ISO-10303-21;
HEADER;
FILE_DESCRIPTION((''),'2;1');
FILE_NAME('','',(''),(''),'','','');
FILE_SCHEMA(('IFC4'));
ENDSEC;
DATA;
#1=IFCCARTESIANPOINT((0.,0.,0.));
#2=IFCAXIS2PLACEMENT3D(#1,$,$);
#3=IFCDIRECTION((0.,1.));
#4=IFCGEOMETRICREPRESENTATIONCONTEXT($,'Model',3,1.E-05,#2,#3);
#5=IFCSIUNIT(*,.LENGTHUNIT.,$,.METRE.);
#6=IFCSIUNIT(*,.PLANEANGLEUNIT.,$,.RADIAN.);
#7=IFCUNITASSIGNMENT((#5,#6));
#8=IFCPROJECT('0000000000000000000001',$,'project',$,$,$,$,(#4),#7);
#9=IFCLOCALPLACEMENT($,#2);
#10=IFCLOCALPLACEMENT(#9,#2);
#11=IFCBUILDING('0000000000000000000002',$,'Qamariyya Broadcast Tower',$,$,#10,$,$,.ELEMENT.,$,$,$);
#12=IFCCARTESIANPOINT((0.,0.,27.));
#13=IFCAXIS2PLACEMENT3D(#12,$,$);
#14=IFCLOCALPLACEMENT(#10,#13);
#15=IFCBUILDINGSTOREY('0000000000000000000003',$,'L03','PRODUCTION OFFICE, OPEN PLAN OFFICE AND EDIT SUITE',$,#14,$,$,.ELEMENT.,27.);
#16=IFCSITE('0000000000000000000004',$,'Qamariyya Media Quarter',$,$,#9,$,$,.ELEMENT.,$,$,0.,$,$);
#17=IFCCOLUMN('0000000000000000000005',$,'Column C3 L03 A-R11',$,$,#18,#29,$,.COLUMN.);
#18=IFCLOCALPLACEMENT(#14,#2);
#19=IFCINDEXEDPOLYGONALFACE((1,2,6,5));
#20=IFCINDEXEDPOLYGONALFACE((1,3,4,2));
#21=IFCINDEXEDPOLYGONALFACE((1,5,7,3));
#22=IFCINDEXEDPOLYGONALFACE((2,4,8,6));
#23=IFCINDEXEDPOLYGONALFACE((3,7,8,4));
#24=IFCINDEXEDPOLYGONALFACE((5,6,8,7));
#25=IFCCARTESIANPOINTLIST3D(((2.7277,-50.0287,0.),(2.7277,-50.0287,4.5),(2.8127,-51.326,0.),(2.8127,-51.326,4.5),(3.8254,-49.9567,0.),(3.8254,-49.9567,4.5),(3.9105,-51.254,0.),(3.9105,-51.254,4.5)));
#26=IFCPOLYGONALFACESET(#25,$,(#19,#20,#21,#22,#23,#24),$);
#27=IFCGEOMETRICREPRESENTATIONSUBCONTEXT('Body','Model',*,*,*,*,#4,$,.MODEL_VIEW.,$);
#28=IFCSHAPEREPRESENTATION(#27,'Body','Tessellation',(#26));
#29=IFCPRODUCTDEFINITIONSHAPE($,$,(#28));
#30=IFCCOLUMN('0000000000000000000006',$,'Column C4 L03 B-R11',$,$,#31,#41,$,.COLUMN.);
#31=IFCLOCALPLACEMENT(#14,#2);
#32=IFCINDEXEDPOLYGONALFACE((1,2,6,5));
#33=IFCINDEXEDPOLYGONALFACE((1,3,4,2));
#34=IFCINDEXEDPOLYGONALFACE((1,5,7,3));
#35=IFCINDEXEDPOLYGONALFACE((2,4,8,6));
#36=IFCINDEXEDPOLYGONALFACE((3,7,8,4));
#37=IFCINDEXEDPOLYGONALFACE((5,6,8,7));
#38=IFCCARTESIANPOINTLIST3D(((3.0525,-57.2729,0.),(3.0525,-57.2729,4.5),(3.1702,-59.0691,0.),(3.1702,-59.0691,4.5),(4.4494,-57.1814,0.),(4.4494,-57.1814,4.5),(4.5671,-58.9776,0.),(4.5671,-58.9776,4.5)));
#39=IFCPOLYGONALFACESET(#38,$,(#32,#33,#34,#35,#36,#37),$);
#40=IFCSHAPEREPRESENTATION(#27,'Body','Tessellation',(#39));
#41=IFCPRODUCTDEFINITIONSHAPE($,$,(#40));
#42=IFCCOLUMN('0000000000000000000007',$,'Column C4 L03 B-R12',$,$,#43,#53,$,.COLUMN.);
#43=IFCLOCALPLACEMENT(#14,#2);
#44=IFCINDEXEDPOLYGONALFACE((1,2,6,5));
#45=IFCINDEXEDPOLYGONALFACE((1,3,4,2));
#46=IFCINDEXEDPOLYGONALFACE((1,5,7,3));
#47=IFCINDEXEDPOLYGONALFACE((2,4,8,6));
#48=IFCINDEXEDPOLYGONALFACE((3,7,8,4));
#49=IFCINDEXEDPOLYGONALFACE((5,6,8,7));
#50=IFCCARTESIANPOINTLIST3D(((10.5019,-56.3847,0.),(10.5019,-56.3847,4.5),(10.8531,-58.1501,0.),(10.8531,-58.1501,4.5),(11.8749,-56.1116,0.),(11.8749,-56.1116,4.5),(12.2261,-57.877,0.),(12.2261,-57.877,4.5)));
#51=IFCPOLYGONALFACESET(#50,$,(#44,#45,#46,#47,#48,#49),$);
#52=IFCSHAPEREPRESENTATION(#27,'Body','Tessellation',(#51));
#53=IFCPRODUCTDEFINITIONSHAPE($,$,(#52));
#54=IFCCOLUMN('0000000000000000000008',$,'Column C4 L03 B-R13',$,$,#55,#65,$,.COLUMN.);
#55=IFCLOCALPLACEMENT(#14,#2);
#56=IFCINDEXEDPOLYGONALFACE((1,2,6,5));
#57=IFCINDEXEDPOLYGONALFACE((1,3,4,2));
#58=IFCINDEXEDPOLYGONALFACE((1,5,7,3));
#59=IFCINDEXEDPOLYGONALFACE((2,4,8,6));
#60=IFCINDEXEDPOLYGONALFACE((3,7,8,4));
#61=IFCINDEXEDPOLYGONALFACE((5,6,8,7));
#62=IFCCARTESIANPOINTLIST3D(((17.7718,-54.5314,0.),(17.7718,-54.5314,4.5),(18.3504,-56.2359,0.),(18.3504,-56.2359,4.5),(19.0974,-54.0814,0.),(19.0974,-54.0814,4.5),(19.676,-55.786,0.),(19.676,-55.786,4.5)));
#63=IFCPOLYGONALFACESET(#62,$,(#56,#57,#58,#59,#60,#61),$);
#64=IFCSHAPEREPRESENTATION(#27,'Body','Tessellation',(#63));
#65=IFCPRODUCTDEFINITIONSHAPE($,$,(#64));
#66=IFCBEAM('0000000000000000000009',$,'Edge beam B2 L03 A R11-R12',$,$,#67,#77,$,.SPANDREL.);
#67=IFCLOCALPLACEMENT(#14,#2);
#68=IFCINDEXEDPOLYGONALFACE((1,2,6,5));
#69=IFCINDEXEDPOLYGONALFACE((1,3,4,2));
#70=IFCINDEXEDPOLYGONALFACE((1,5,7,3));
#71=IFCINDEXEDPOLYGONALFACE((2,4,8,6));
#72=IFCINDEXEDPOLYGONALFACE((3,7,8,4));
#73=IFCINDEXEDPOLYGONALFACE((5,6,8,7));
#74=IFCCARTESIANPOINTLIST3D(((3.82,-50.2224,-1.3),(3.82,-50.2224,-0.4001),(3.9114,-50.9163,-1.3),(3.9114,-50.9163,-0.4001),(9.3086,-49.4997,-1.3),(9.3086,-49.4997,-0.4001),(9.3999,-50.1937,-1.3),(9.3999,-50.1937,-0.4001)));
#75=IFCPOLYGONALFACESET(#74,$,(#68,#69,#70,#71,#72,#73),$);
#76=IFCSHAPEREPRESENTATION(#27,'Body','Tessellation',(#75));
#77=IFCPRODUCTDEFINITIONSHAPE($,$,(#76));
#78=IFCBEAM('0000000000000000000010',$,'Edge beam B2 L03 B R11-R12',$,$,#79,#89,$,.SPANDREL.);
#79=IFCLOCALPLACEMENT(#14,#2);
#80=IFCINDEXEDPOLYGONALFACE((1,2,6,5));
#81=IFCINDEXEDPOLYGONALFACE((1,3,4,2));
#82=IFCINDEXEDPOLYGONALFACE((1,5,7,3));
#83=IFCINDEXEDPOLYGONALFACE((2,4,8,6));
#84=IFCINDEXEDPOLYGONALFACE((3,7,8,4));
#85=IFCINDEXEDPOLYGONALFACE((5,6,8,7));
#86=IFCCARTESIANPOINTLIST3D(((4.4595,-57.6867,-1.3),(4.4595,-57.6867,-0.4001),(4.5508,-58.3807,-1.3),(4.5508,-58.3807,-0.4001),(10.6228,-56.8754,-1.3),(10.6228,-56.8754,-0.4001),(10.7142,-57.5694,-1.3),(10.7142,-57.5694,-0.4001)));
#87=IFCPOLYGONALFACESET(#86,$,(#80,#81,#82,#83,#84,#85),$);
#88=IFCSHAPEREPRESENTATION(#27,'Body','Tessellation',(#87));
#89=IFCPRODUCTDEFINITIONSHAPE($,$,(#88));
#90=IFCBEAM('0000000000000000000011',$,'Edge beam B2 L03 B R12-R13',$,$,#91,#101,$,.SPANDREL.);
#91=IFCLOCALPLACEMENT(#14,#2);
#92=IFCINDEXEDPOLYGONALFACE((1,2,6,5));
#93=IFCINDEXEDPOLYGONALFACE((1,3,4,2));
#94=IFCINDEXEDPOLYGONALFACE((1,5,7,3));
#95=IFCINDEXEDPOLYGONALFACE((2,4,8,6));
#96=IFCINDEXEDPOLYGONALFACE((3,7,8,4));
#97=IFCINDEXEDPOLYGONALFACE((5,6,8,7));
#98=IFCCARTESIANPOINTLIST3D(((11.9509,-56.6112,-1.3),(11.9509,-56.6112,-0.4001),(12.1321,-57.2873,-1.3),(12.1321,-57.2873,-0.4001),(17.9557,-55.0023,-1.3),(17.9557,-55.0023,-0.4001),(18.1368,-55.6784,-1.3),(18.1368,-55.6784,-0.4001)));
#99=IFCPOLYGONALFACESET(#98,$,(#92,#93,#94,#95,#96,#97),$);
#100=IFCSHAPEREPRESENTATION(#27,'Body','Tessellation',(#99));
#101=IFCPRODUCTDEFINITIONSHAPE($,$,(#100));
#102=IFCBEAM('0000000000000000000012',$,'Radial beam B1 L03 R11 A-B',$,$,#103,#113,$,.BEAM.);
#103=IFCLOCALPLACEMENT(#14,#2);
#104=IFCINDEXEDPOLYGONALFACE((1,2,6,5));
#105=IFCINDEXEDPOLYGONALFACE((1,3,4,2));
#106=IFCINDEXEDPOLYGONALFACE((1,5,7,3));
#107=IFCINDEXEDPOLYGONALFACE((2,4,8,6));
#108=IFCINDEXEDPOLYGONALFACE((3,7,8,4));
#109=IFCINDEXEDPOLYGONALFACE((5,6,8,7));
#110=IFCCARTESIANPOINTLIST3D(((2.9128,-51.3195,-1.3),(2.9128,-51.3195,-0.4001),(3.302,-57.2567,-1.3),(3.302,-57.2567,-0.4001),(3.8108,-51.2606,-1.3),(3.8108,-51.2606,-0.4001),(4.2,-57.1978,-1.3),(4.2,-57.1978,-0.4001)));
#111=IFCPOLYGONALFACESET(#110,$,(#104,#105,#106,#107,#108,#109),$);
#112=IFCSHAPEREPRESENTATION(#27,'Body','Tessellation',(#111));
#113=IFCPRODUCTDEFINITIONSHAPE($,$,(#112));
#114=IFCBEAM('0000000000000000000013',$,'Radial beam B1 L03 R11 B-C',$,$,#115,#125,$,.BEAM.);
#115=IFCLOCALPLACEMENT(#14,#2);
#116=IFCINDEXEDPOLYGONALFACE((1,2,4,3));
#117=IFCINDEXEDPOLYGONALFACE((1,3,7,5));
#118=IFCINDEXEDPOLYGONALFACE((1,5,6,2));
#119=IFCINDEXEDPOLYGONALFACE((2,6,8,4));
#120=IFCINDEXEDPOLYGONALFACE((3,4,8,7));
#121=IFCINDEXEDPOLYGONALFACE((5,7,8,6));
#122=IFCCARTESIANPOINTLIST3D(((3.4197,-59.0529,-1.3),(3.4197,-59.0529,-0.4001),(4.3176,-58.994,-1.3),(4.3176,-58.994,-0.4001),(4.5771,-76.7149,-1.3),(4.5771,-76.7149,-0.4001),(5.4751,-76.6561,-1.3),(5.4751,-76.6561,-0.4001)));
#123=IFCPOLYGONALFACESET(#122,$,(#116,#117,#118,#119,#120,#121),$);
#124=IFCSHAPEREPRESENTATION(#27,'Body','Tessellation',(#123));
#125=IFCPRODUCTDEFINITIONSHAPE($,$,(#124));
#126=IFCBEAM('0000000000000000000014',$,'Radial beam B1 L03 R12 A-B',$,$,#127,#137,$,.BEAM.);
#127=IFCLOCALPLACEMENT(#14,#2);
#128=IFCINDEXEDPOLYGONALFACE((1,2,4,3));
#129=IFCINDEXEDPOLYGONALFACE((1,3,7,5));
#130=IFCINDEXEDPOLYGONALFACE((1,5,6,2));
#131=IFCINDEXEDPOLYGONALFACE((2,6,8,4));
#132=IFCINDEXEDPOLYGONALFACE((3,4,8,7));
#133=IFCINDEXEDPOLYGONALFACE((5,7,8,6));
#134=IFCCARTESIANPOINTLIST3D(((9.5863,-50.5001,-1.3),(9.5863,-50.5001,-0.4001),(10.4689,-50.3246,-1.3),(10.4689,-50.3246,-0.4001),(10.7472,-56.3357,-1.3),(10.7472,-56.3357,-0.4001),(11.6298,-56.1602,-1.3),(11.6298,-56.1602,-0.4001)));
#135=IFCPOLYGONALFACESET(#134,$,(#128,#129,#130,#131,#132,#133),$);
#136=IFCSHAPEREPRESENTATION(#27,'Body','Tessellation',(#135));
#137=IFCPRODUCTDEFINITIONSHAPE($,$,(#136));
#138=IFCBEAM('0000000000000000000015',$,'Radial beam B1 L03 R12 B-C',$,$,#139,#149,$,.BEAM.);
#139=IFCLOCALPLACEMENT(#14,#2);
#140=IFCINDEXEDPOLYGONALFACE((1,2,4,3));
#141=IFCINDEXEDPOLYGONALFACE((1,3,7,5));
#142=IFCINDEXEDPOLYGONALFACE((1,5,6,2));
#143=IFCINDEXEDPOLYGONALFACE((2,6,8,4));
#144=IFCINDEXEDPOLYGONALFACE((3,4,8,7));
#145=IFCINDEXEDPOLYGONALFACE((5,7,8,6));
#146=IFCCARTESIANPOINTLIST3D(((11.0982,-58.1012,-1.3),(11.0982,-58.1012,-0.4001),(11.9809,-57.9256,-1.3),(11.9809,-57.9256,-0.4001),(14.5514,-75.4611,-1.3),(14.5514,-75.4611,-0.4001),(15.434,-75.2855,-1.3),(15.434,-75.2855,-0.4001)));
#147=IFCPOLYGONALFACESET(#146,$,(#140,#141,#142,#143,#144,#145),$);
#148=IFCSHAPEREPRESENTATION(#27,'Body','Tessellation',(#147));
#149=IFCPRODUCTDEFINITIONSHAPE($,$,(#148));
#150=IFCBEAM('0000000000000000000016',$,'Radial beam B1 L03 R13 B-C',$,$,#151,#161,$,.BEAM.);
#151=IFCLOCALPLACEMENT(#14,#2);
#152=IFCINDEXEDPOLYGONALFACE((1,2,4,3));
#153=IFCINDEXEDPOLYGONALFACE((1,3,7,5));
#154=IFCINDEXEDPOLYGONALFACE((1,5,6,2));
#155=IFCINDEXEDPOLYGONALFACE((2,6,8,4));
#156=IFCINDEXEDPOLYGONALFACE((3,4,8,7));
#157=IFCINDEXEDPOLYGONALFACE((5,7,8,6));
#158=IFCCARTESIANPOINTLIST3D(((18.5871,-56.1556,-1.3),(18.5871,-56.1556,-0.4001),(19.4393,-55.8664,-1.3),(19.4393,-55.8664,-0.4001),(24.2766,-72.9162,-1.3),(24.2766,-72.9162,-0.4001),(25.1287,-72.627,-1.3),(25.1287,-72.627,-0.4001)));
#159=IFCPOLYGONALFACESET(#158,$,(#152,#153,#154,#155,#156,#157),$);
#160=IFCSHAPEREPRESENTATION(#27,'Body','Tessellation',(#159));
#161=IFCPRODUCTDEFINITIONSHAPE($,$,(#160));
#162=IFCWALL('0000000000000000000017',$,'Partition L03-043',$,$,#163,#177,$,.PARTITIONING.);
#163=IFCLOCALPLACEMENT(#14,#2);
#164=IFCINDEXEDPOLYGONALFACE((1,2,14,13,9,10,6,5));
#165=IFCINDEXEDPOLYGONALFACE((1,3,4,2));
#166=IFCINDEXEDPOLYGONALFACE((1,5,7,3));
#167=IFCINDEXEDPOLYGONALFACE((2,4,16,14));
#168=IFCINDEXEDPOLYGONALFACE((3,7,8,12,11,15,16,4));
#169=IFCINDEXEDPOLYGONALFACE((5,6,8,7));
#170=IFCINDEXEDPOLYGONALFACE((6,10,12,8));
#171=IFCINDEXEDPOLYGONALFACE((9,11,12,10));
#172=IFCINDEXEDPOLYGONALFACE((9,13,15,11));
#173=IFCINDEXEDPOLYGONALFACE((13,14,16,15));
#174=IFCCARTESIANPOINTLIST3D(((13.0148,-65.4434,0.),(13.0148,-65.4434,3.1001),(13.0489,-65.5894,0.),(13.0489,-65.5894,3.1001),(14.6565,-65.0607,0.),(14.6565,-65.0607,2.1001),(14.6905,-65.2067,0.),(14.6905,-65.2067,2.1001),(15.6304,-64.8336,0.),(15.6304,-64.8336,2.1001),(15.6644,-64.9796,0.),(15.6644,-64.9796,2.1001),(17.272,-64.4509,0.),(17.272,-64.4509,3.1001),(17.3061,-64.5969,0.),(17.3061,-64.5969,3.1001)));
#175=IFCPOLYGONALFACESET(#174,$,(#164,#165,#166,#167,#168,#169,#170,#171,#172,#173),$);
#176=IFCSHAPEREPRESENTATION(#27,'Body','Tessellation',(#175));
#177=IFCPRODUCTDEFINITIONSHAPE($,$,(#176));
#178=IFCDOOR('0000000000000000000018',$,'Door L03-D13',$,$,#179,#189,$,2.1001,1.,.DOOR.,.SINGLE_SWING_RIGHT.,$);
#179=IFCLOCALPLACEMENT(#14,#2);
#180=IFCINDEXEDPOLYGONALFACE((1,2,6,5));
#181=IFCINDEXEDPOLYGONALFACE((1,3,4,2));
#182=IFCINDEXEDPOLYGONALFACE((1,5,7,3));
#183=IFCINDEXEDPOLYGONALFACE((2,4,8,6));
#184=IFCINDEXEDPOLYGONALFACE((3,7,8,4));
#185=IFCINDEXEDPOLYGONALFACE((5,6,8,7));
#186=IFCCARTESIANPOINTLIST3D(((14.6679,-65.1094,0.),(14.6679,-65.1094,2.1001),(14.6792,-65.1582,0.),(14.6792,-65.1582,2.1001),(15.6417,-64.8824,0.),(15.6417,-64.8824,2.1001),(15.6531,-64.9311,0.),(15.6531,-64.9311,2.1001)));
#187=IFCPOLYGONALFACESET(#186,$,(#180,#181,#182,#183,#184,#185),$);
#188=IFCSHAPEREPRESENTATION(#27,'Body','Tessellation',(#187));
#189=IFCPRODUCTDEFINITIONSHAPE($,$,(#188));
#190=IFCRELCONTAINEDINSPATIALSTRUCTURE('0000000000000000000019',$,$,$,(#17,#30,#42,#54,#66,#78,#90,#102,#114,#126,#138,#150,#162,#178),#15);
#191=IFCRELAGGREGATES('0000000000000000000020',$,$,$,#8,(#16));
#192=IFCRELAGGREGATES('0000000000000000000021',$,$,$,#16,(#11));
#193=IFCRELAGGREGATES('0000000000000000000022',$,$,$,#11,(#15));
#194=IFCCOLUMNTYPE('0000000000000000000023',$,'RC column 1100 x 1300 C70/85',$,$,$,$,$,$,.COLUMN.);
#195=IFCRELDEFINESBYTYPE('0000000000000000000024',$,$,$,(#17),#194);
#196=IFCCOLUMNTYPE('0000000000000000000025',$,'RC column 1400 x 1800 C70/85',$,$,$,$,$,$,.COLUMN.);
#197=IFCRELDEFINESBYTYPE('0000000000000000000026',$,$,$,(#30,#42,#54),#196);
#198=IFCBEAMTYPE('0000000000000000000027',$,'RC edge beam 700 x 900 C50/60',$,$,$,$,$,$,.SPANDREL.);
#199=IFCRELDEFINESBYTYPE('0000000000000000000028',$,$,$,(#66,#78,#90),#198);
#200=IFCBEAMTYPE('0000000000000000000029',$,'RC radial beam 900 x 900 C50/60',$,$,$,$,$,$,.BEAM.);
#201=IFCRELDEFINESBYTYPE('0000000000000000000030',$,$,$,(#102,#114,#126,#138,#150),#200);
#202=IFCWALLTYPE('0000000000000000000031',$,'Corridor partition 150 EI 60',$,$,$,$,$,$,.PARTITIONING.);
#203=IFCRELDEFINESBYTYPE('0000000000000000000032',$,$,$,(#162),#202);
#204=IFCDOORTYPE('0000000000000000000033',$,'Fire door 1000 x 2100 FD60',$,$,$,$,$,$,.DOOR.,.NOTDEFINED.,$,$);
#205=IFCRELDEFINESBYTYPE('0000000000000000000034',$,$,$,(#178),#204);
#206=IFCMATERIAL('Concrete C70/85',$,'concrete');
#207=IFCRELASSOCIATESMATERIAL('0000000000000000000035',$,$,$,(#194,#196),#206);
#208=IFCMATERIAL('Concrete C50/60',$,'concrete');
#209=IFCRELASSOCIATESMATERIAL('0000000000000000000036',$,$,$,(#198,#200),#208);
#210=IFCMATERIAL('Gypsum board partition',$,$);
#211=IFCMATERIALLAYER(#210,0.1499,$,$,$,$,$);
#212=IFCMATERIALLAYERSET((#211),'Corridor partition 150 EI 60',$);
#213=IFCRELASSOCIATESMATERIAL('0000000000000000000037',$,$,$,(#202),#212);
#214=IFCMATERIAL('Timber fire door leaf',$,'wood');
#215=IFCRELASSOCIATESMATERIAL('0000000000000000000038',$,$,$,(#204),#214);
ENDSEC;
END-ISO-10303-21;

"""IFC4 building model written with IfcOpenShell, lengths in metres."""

from ifc_helpers import new_model, si_unit, direction, frame, frame_2d, origin, origin_2d, place, context, subcontext, project, spatial, rectangle, extrude, material, layer, layer_set, material_profile, profile_set, type_object, element, fill, save


model = new_model("IFC4")

# Units and contexts
model_context = context("Model", 3, precision=1e-05, world=origin(), true_north=direction((0.0, 1.0)))
body_context = subcontext(model_context, "Body", "Model", "MODEL_VIEW")
ifc_project = project(units=[si_unit("LENGTHUNIT", "METRE"), si_unit("PLANEANGLEUNIT", "RADIAN")], contexts=[model_context])

# Site, building, storey
site_placement = place(None, origin())
site = spatial("IfcSite", under=ifc_project, at=site_placement, Name="Qamariyya Media Quarter", CompositionType="ELEMENT", RefElevation=0.0)
building_placement = place(site_placement, origin())
building = spatial("IfcBuilding", under=site, at=building_placement, Name="Qamariyya Broadcast Tower", CompositionType="ELEMENT")
storey_placement = place(building_placement, frame((0.0, 0.0, 27.0)))
storey = spatial("IfcBuildingStorey", under=building, at=storey_placement, Name="L03", Description="PRODUCTION OFFICE, OPEN PLAN OFFICE AND EDIT SUITE", CompositionType="ELEMENT", Elevation=27.0)

# Columns
ifc_material_1 = material(Name="Concrete C70/85", Category="concrete")
ifc_material_profile_1 = material_profile(ifc_material_1, rectangle(XDim=1.1001, YDim=1.3, at=origin_2d()))
ifc_profile_set_1 = profile_set([ifc_material_profile_1], Name="Concrete C70/85")
column_type_1 = type_object("IfcColumnType", Name="RC column 1100 x 1300 C70/85", PredefinedType="COLUMN", material=ifc_profile_set_1)
column_placement = place(storey_placement, frame((3.3191, -50.6414, 0.0), z_axis=(0.0, 0.0, 1.0), x_axis=(0.997859, 0.065403, 0.0)))
element("IfcColumn", 1, at=column_placement, inside=storey, type_object=column_type_1, Name="Column C3 L03 A-R11", PredefinedType="COLUMN", context=body_context, shape_type="SweptSolid", body=[
    extrude(rectangle(XDim=1.1001, YDim=1.3, at=origin_2d()), origin(), (0.0, 0.0, 1.0), 4.5),
])
ifc_material_profile_2 = material_profile(ifc_material_1, rectangle(XDim=1.3999, YDim=1.8, at=origin_2d()))
ifc_profile_set_2 = profile_set([ifc_material_profile_2], Name="Concrete C70/85")
column_type_2 = type_object("IfcColumnType", Name="RC column 1400 x 1800 C70/85", PredefinedType="COLUMN", material=ifc_profile_set_2)
for number, where, z_axis, x_axis, name in (
    (2, (3.8098, -58.1252, 0.0), (0.0, 0.0, 1.0), (0.997859, 0.065403, 0.0), "Column C4 L03 B-R11"),
    (3, (11.364, -57.1309, 0.0), (0.0, 0.0, 1.0), (0.980785, 0.19509, 0.0), "Column C4 L03 B-R12"),
    (4, (18.7239, -55.1587, 0.0), (0.0, 0.0, 1.0), (0.94693, 0.321439, 0.0), "Column C4 L03 B-R13"),
):
    element("IfcColumn", number, at=place(storey_placement, frame(where, z_axis=z_axis, x_axis=x_axis)), inside=storey, type_object=column_type_2, Name=name, PredefinedType="COLUMN", context=body_context, shape_type="SweptSolid", body=[
        extrude(rectangle(XDim=1.3999, YDim=1.8, at=origin_2d()), origin(), (0.0, 0.0, 1.0), 4.5),
    ])

# Beams
ifc_material_2 = material(Name="Concrete C50/60", Category="concrete")
ifc_material_profile_3 = material_profile(ifc_material_2, rectangle(XDim=0.7, YDim=0.8999, at=origin_2d()))
ifc_profile_set_3 = profile_set([ifc_material_profile_3], Name="Concrete C50/60")
beam_type_1 = type_object("IfcBeamType", Name="RC edge beam 700 x 900 C50/60", PredefinedType="SPANDREL", material=ifc_profile_set_3)
beam_1_placement = place(storey_placement, frame((3.8657, -50.5693, -0.8501), z_axis=(0.991443, 0.13054, 0.0), x_axis=(-0.13054, 0.991443, 0.0)))
element("IfcBeam", 5, at=beam_1_placement, inside=storey, type_object=beam_type_1, Name="Edge beam B2 L03 A R11-R12", PredefinedType="SPANDREL", context=body_context, shape_type="SweptSolid", body=[
    extrude(rectangle(XDim=0.7, YDim=0.8999, at=origin_2d()), origin(), (0.0, 0.0, 1.0), 5.5359),
])
for number, where, z_axis, x_axis, name in (
    (6, (4.5051, -58.0337, -0.8501), (0.991448, 0.130504, 0.0), (-0.130504, 0.991448, 0.0), "Edge beam B2 L03 B R11-R12"),
    (7, (12.0415, -56.9492, -0.8501), (0.965928, 0.258811, 0.0), (-0.258811, 0.965928, 0.0), "Edge beam B2 L03 B R12-R13"),
):
    element("IfcBeam", number, at=place(storey_placement, frame(where, z_axis=z_axis, x_axis=x_axis)), inside=storey, type_object=beam_type_1, Name=name, PredefinedType="SPANDREL", context=body_context, shape_type="SweptSolid", body=[
        extrude(rectangle(XDim=0.7, YDim=0.8999, at=origin_2d()), origin(), (0.0, 0.0, 1.0), 6.2166),
    ])
ifc_material_profile_4 = material_profile(ifc_material_2, rectangle(XDim=0.8999, YDim=0.8999, at=origin_2d()))
ifc_profile_set_4 = profile_set([ifc_material_profile_4], Name="Concrete C50/60")
beam_type_2 = type_object("IfcBeamType", Name="RC radial beam 900 x 900 C50/60", PredefinedType="BEAM", material=ifc_profile_set_4)
beam_2_placement = place(storey_placement, frame((3.3618, -51.29, -0.8501), z_axis=(0.065405, -0.997859, 0.0), x_axis=(0.997859, 0.065405, 0.0)))
element("IfcBeam", 8, at=beam_2_placement, inside=storey, type_object=beam_type_2, Name="Radial beam B1 L03 R11 A-B", PredefinedType="BEAM", context=body_context, shape_type="SweptSolid", body=[
    extrude(rectangle(XDim=0.8999, YDim=0.8999, at=origin_2d()), origin(), (0.0, 0.0, 1.0), 5.95),
])
beam_3_placement = place(storey_placement, frame((3.8687, -59.0234, -0.8501), z_axis=(0.065394, -0.99786, 0.0), x_axis=(0.99786, 0.065394, 0.0)))
element("IfcBeam", 9, at=beam_3_placement, inside=storey, type_object=beam_type_2, Name="Radial beam B1 L03 R11 B-C", PredefinedType="BEAM", context=body_context, shape_type="SweptSolid", body=[
    extrude(rectangle(XDim=0.8999, YDim=0.8999, at=origin_2d()), origin(), (0.0, 0.0, 1.0), 17.7),
])
beam_4_placement = place(storey_placement, frame((10.0276, -50.4124, -0.8501), z_axis=(0.195106, -0.980782, 0.0), x_axis=(0.980782, 0.195106, 0.0)))
element("IfcBeam", 10, at=beam_4_placement, inside=storey, type_object=beam_type_2, Name="Radial beam B1 L03 R12 A-B", PredefinedType="BEAM", context=body_context, shape_type="SweptSolid", body=[
    extrude(rectangle(XDim=0.8999, YDim=0.8999, at=origin_2d()), origin(), (0.0, 0.0, 1.0), 5.95),
])
for number, where, z_axis, x_axis, name in (
    (11, (11.5396, -58.0134, -0.8501), (0.195092, -0.980785, 0.0), (0.980785, 0.195092, 0.0), "Radial beam B1 L03 R12 B-C"),
    (12, (19.0132, -56.011, -0.8501), (0.321441, -0.94693, 0.0), (0.94693, 0.321441, 0.0), "Radial beam B1 L03 R13 B-C"),
):
    element("IfcBeam", number, at=place(storey_placement, frame(where, z_axis=z_axis, x_axis=x_axis)), inside=storey, type_object=beam_type_2, Name=name, PredefinedType="BEAM", context=body_context, shape_type="SweptSolid", body=[
        extrude(rectangle(XDim=0.8999, YDim=0.8999, at=origin_2d()), origin(), (0.0, 0.0, 1.0), 17.7),
    ])

# Wall, opening, door
ifc_material_3 = material(Name="Gypsum board partition")
ifc_layer = layer(ifc_material_3, 0.1499)
ifc_layer_set = layer_set([ifc_layer], Name="Corridor partition 150 EI 60")
wall_type = type_object("IfcWallType", Name="Corridor partition 150 EI 60", PredefinedType="PARTITIONING", material=ifc_layer_set)
wall_1_placement = place(storey_placement, frame((13.032, -65.5164, 0.0), z_axis=(0.0, 0.0, 1.0), x_axis=(0.973886, 0.227037, 0.0)))
wall_1 = element("IfcWall", 13, at=wall_1_placement, inside=storey, type_object=wall_type, Name="Partition L03-043", PredefinedType="PARTITIONING", context=body_context, shape_type="SweptSolid", body=[
    extrude(rectangle(XDim=4.3713, YDim=0.1499, at=frame_2d((2.1855, 0.0))), origin(), (0.0, 0.0, 1.0), 3.1001),
])
opening_1_placement = place(wall_1_placement, frame((1.6855, 0.0, 0.0)))
opening_1 = element("IfcOpeningElement", 14, at=opening_1_placement, cuts=wall_1, PredefinedType="OPENING", context=body_context, shape_type="SweptSolid", body=[
    extrude(rectangle(XDim=1.0, YDim=2.1001, at=frame_2d((0.5, 1.05))), frame((0.0, 0.085, 0.0), z_axis=(0.0, -1.0, 0.0), x_axis=(1.0, 0.0, 0.0)), (0.0, 0.0, 1.0), 0.1699),
])
ifc_material_4 = material(Name="Timber fire door leaf", Category="wood")
door_type_1 = type_object("IfcDoorType", Name="Fire door 1000 x 2100 FD60", OperationType="NOTDEFINED", PredefinedType="DOOR", material=ifc_material_4)
door_1_placement = place(opening_1_placement, origin())
door_1 = element("IfcDoor", 15, at=door_1_placement, inside=storey, type_object=door_type_1, Name="Door L03-D13", OperationType="SINGLE_SWING_RIGHT", OverallHeight=2.1001, OverallWidth=1.0, PredefinedType="DOOR", context=body_context, shape_type="SweptSolid", body=[
    extrude(rectangle(XDim=1.0, YDim=2.1001, at=frame_2d((0.5, 1.05))), frame((0.0, 0.0249, 0.0), z_axis=(0.0, -1.0, 0.0), x_axis=(1.0, 0.0, 0.0)), (0.0, 0.0, 1.0), 0.05),
])
fill(opening_1, door_1)

save(model, "model.ifc")
